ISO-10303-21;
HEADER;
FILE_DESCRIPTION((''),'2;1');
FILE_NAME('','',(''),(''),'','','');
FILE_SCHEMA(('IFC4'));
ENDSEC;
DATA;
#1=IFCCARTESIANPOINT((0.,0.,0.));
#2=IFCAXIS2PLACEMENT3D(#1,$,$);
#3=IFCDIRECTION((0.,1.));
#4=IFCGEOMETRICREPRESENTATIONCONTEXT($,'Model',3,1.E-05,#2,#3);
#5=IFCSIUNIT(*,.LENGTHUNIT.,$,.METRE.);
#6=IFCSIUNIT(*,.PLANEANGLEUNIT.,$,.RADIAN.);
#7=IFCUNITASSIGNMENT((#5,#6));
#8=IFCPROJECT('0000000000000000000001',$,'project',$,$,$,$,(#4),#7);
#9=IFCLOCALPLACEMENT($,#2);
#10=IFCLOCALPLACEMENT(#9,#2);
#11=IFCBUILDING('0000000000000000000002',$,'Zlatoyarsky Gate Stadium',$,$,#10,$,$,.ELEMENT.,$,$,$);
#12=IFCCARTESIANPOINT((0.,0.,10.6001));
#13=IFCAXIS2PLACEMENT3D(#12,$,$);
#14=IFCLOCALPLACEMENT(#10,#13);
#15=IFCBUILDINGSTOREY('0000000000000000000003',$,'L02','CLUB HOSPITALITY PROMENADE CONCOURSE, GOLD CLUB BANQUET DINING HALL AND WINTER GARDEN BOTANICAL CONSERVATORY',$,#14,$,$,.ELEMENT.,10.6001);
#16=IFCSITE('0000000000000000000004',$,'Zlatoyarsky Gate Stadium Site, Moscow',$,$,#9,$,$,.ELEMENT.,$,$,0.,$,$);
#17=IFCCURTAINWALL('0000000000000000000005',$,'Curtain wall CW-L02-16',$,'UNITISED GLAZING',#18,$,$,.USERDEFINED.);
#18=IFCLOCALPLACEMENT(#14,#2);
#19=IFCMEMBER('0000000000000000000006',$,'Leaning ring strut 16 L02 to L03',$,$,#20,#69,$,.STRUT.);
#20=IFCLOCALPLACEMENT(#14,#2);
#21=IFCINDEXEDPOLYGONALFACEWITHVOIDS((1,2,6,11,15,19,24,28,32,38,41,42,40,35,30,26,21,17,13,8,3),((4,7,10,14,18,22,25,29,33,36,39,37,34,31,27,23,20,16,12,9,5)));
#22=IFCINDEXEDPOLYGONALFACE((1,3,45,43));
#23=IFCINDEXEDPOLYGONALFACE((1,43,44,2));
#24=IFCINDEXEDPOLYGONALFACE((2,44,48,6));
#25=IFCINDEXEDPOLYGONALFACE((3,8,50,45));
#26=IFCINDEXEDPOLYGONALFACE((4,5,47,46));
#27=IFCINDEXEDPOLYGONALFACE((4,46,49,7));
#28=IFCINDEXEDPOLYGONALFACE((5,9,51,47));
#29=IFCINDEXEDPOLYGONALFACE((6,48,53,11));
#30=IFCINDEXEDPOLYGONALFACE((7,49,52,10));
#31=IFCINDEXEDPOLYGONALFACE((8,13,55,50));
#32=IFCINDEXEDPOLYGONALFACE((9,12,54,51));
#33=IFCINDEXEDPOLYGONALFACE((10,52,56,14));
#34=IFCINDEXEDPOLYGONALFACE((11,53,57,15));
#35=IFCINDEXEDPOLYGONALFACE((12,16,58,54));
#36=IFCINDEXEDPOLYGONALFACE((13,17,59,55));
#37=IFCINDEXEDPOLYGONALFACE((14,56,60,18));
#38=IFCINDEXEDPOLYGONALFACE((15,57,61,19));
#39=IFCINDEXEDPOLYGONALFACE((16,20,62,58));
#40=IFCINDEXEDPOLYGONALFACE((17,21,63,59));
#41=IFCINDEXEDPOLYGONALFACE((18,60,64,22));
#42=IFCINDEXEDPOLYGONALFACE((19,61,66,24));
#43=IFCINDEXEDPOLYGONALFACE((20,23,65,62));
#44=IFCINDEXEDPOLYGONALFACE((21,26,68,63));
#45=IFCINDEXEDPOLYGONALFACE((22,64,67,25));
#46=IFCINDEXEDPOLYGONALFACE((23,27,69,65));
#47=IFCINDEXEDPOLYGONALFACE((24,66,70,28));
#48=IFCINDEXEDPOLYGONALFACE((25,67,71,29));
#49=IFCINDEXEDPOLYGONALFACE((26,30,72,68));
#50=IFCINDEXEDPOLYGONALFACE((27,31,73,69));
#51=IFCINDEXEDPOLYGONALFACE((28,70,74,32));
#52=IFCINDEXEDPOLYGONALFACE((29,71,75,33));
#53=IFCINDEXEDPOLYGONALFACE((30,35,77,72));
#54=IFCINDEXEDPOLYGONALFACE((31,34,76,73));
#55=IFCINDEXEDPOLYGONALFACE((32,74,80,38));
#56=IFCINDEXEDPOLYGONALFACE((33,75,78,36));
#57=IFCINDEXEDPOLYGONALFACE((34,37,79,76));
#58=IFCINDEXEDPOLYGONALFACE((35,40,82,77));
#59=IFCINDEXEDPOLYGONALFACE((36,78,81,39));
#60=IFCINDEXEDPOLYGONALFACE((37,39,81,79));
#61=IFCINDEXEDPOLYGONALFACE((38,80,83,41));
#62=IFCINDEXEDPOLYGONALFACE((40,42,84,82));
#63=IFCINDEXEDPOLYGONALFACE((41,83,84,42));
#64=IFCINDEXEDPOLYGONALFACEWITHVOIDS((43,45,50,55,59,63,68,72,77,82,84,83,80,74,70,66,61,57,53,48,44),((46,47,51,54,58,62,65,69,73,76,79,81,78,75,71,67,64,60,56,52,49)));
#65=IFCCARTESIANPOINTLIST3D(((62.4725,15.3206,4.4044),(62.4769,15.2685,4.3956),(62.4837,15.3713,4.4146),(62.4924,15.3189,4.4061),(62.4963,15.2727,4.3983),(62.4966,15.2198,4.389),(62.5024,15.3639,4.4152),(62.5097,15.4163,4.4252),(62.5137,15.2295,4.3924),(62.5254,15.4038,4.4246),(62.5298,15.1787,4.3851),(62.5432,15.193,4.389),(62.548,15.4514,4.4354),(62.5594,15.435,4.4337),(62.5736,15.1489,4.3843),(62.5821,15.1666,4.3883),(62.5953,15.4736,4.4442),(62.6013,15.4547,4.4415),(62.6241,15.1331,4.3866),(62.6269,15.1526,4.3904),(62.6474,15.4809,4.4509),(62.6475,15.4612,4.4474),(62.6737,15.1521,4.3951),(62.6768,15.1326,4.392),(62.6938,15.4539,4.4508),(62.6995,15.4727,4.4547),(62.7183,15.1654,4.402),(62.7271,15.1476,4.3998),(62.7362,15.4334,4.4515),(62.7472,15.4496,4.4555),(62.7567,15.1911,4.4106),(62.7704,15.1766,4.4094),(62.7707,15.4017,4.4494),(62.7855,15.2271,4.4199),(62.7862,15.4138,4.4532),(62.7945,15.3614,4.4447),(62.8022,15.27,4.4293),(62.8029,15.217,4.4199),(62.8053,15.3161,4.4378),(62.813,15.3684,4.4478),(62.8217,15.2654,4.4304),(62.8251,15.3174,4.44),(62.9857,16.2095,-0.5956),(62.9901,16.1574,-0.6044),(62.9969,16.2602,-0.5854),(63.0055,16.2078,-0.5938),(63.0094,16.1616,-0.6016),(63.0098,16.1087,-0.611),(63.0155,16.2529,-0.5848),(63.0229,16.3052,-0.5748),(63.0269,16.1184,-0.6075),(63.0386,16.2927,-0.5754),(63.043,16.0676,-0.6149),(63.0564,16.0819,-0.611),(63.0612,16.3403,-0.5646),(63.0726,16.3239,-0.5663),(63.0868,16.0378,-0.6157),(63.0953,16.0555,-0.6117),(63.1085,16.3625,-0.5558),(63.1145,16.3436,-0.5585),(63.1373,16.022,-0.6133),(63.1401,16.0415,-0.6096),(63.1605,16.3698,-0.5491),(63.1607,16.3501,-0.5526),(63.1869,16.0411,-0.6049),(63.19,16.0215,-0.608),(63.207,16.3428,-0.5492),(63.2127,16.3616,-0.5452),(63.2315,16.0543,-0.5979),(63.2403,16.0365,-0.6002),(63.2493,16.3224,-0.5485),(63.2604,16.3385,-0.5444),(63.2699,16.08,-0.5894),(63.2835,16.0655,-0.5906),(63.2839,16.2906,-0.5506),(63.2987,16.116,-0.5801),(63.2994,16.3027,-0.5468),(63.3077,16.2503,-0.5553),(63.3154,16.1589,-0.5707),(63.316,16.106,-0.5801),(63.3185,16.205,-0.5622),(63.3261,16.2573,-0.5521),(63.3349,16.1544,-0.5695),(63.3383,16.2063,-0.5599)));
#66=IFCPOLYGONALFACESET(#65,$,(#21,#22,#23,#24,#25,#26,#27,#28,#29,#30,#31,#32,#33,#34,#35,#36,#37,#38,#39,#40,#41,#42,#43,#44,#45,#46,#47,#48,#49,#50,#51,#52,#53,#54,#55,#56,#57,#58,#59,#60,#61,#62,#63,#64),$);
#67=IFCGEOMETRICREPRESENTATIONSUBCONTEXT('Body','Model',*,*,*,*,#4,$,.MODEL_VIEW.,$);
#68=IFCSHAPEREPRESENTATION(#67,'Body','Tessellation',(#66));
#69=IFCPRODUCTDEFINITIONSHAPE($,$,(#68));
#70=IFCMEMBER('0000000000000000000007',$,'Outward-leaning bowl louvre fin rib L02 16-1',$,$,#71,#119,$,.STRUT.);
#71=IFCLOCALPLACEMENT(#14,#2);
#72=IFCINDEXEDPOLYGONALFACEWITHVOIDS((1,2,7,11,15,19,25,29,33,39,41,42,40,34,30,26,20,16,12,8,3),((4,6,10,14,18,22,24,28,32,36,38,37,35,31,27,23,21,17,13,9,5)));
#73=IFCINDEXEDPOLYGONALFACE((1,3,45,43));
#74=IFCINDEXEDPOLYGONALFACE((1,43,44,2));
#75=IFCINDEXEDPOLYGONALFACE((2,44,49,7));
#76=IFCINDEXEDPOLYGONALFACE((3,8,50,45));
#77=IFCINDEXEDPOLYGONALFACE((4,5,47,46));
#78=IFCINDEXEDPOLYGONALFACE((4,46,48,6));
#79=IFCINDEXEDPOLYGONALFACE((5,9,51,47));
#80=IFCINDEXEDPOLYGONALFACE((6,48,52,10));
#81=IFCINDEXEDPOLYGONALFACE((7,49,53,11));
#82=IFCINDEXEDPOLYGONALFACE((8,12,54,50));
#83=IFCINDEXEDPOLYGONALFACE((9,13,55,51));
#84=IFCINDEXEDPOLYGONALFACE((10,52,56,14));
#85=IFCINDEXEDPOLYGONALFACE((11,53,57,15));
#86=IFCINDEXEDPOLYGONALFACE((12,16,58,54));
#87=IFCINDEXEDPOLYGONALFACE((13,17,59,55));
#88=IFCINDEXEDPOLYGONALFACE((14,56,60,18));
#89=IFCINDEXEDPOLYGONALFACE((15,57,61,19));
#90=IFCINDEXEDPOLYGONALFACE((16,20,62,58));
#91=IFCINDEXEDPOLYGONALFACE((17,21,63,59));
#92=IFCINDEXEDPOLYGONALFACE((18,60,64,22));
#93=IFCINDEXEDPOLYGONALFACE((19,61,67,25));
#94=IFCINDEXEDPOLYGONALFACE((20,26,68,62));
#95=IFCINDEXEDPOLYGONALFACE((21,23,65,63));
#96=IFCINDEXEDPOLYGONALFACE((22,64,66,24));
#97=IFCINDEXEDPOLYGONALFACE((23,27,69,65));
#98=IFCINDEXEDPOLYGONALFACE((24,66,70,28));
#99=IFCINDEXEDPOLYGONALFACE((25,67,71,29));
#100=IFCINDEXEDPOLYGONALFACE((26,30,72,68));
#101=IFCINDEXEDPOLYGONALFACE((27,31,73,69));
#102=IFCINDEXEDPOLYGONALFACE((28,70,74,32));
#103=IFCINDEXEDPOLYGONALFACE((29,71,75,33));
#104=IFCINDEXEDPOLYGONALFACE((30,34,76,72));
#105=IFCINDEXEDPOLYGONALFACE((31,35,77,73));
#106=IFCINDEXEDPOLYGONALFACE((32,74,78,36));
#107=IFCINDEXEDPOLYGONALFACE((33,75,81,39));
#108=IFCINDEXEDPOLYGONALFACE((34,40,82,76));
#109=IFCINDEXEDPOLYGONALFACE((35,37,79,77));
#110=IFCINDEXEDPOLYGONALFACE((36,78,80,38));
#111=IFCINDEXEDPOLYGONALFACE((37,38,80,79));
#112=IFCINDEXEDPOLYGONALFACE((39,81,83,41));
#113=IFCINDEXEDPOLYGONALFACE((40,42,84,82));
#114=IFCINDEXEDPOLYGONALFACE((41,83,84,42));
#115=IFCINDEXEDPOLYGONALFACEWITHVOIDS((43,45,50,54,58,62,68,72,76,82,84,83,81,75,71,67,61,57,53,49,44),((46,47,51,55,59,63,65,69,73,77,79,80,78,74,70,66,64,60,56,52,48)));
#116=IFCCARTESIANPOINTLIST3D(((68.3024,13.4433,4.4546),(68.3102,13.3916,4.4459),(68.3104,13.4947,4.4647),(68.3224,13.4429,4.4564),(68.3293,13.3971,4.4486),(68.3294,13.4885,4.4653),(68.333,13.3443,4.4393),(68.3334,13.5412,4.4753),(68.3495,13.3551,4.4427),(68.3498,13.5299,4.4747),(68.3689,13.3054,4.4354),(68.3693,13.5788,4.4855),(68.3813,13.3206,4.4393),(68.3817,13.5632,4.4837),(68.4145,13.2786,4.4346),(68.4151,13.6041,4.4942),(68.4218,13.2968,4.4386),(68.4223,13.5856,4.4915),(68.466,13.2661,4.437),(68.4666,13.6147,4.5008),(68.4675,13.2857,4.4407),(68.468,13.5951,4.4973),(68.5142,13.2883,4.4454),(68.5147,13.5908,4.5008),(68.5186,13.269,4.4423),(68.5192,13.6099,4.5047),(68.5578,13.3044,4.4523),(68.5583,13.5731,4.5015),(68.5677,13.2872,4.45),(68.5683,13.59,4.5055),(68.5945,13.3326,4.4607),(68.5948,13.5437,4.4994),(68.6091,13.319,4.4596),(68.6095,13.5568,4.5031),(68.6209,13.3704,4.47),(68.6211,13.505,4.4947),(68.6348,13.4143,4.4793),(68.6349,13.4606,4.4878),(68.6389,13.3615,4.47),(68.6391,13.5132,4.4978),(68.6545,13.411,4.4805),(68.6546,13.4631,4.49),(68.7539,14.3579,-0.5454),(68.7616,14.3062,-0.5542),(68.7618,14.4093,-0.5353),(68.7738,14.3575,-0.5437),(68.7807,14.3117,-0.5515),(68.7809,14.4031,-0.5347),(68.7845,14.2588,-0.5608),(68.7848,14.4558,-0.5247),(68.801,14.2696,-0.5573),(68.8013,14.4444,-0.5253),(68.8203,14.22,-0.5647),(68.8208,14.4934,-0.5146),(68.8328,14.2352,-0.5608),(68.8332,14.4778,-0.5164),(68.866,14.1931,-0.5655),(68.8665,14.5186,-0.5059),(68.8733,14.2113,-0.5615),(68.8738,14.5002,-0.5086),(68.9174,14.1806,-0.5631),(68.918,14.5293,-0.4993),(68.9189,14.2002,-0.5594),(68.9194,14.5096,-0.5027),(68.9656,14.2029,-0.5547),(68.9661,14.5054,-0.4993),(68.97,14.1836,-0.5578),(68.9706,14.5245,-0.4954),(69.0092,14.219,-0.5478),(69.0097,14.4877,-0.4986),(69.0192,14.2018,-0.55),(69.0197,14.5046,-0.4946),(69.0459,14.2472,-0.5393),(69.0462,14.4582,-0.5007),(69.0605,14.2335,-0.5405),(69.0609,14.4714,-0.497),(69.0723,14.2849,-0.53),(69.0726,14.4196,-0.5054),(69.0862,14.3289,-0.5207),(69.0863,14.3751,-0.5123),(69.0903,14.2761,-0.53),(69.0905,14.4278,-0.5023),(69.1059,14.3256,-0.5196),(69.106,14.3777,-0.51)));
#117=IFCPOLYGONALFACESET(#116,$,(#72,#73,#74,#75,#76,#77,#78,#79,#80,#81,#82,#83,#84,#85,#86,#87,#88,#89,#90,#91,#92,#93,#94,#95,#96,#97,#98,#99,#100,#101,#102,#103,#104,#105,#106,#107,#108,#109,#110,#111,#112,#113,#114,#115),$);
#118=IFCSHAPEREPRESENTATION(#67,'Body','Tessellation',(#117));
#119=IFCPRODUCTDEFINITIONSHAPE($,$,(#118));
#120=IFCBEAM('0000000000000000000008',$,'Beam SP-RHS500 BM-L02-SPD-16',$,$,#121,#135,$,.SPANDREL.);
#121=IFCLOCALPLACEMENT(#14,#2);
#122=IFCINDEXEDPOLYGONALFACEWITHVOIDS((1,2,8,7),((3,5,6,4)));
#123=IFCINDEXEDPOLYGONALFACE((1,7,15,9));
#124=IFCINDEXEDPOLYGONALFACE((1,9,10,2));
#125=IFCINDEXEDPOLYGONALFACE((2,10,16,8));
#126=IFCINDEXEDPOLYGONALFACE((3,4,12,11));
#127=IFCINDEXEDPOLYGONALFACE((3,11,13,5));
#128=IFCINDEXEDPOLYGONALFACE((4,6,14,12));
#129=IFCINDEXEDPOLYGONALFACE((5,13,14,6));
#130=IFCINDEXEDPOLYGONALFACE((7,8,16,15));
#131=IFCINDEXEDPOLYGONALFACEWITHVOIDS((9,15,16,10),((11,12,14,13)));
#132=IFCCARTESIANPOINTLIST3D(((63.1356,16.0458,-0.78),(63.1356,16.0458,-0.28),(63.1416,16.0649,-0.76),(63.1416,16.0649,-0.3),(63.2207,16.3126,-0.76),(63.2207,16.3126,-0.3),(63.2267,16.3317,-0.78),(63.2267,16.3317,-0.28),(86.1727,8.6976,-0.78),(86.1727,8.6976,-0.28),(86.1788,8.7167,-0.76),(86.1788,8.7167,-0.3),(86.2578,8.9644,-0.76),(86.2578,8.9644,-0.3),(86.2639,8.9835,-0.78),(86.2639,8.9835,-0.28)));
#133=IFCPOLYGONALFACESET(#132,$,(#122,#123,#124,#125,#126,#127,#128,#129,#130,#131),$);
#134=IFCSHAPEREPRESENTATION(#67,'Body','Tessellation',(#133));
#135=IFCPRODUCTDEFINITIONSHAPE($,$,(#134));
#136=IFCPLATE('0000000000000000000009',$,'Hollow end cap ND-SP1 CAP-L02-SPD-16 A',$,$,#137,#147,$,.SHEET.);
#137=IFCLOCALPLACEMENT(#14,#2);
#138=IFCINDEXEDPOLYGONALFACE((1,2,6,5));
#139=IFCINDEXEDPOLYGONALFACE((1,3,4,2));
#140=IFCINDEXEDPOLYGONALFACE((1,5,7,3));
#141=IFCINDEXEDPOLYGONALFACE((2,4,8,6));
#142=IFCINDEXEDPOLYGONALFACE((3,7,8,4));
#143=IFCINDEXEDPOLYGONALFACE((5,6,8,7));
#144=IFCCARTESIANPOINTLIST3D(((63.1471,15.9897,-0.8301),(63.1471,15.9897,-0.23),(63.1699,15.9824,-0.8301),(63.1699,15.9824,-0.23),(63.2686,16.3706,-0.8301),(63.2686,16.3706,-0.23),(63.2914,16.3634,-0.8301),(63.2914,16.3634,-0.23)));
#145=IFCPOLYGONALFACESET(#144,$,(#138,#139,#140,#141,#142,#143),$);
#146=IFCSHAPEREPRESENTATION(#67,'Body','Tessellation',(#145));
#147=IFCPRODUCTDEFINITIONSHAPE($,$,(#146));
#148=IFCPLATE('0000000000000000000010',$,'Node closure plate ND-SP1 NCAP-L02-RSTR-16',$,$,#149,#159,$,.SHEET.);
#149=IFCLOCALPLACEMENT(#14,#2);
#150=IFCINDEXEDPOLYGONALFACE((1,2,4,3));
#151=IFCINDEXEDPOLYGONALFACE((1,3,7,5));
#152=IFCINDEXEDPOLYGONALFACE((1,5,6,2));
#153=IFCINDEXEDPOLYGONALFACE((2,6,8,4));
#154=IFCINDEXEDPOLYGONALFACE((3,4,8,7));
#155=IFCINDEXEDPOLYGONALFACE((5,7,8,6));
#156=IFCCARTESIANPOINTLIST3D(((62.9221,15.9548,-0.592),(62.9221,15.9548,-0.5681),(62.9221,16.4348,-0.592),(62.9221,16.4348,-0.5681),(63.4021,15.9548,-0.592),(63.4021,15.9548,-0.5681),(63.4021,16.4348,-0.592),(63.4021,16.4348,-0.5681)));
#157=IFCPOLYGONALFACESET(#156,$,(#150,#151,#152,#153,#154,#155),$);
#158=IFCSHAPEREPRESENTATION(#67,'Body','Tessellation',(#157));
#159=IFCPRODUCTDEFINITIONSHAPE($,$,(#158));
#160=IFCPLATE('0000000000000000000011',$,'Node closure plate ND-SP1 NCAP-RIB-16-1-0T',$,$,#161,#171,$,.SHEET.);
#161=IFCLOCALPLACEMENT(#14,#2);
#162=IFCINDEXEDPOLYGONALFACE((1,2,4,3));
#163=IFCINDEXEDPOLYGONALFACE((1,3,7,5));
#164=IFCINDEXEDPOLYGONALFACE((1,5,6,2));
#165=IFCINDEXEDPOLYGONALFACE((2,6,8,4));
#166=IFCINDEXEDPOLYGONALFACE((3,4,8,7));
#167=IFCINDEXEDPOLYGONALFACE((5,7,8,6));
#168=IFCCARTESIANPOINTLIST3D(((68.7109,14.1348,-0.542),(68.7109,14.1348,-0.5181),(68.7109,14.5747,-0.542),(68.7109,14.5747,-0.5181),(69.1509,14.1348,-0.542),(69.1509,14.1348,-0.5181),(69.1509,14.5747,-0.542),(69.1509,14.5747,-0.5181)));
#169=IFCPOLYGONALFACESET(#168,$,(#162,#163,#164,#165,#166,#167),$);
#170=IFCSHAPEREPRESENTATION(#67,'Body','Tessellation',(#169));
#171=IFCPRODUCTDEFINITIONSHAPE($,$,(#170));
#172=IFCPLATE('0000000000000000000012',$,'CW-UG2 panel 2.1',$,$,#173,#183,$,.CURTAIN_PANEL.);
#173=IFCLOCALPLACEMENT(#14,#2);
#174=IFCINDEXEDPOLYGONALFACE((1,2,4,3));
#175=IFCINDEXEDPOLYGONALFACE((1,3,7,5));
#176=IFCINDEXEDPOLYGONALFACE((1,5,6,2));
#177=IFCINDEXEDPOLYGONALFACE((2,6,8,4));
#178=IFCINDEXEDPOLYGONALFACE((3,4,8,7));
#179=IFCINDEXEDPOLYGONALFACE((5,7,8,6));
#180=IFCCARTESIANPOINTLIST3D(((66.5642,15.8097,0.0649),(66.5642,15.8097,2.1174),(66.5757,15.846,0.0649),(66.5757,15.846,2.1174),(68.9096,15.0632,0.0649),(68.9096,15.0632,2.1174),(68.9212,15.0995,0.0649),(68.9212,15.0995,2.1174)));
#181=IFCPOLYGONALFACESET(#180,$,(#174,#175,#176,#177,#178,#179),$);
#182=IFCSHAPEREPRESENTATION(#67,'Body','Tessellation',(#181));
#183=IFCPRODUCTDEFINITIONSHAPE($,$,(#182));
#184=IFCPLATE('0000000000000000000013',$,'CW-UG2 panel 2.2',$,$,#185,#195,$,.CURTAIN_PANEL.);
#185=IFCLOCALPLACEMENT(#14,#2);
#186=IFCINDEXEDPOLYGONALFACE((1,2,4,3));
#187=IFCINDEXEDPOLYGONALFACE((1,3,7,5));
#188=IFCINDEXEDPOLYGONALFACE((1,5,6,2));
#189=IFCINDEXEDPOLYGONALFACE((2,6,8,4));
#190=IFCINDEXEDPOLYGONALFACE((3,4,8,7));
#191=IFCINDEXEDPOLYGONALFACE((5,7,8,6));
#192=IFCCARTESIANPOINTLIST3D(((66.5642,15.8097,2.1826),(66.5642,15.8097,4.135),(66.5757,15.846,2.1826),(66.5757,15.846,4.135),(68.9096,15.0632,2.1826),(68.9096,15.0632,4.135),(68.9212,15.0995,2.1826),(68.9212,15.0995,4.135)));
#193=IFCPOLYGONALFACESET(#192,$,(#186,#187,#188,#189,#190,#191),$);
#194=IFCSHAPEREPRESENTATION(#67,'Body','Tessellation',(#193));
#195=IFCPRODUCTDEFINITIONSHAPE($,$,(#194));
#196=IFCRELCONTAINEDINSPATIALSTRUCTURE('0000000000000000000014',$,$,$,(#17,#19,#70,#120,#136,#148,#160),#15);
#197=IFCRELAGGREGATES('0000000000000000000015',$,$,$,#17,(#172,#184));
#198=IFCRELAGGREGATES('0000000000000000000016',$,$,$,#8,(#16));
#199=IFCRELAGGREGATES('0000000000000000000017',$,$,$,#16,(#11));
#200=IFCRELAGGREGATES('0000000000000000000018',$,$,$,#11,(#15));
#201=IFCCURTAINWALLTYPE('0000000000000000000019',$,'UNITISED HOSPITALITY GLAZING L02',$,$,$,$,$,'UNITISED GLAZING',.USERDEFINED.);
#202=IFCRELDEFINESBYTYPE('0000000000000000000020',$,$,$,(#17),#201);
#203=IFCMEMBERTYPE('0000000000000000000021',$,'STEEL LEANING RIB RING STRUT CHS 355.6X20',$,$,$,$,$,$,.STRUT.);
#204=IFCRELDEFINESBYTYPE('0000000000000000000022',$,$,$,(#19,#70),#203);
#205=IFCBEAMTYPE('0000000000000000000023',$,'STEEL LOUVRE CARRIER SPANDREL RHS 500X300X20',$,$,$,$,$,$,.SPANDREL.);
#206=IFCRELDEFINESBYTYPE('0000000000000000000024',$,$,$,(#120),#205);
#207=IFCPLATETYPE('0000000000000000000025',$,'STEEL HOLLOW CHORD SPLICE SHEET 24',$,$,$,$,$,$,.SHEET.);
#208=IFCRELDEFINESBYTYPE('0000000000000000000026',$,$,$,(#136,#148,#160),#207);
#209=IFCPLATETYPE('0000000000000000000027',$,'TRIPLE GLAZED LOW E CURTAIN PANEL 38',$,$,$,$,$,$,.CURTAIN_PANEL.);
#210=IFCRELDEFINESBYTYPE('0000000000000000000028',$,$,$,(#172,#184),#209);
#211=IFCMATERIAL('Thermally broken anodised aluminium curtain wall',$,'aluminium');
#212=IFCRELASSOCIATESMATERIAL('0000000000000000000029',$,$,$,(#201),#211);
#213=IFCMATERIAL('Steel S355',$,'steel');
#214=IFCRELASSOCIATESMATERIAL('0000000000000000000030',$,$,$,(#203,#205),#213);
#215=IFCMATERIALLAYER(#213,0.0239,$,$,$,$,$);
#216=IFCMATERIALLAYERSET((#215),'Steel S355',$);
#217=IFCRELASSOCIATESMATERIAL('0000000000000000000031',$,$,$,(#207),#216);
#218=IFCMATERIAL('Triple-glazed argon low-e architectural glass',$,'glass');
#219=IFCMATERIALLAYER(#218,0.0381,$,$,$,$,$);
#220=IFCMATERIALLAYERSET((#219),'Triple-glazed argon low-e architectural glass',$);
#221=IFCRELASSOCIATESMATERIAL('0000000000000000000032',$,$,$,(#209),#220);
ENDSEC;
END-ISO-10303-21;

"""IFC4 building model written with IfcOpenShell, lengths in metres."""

from ifc_helpers import new_model, si_unit, direction, frame, origin, origin_2d, place, context, subcontext, project, spatial, rectangle, hollow_rectangle, hollow_circle, extrude, material, layer, layer_set, material_profile, profile_set, type_object, element, aggregate, save


model = new_model("IFC4")

# Units and contexts
model_context = context("Model", 3, precision=1e-05, world=origin(), true_north=direction((0.0, 1.0)))
body_context = subcontext(model_context, "Body", "Model", "MODEL_VIEW")
ifc_project = project(units=[si_unit("LENGTHUNIT", "METRE"), si_unit("PLANEANGLEUNIT", "RADIAN")], contexts=[model_context])

# Site, building, storey
site_placement = place(None, origin())
site = spatial("IfcSite", under=ifc_project, at=site_placement, Name="Zlatoyarsky Gate Stadium Site, Moscow", CompositionType="ELEMENT", RefElevation=0.0)
building_placement = place(site_placement, origin())
building = spatial("IfcBuilding", under=site, at=building_placement, Name="Zlatoyarsky Gate Stadium", CompositionType="ELEMENT")
storey_placement = place(building_placement, frame((0.0, 0.0, 10.6001)))
storey = spatial("IfcBuildingStorey", under=building, at=storey_placement, Name="L02", Description="CLUB HOSPITALITY PROMENADE CONCOURSE, GOLD CLUB BANQUET DINING HALL AND WINTER GARDEN BOTANICAL CONSERVATORY", CompositionType="ELEMENT", Elevation=10.6001)

# Curtain wall
ifc_material_1 = material(Name="Thermally broken anodised aluminium curtain wall", Category="aluminium")
curtain_wall_type = type_object("IfcCurtainWallType", Name="UNITISED HOSPITALITY GLAZING L02", ElementType="UNITISED GLAZING", PredefinedType="USERDEFINED", material=ifc_material_1)
curtain_wall_placement = place(storey_placement, origin())
curtain_wall = element("IfcCurtainWall", 1, at=curtain_wall_placement, inside=storey, type_object=curtain_wall_type, Name="Curtain wall CW-L02-16", ObjectType="UNITISED GLAZING", PredefinedType="USERDEFINED")

# Members
ifc_material_2 = material(Name="Steel S355", Category="steel")
ifc_material_profile_1 = material_profile(ifc_material_2, hollow_circle(Radius=0.1777, WallThickness=0.02, at=origin_2d()), Name="CHS 355.6X20")
ifc_profile_set_1 = profile_set([ifc_material_profile_1], Name="Steel S355")
member_type_1 = type_object("IfcMemberType", Name="STEEL LEANING RIB RING STRUT CHS 355.6X20", PredefinedType="STRUT", material=ifc_profile_set_1)
member_1_placement = place(storey_placement, frame((63.1621, 16.1948, -0.5801), z_axis=(-0.10054, -0.174152, 0.979573), x_axis=(0.866039, -0.499976, 0.0)))
element("IfcMember", 2, at=member_1_placement, inside=storey, type_object=member_type_1, Name="Leaning ring strut 16 L02 to L03", PredefinedType="STRUT", context=body_context, shape_type="SweptSolid", body=[
    extrude(hollow_circle(Radius=0.1777, WallThickness=0.02, at=origin_2d()), origin(), (0.0, 0.0, 1.0), 5.1042),
])
member_2_placement = place(storey_placement, frame((68.9309, 14.3547, -0.53), z_axis=(-0.088462, -0.17922, 0.979824), x_axis=(0.896713, -0.442612, 0.0)))
element("IfcMember", 3, at=member_2_placement, inside=storey, type_object=member_type_1, Name="Outward-leaning bowl louvre fin rib L02 16-1", PredefinedType="STRUT", context=body_context, shape_type="SweptSolid", body=[
    extrude(hollow_circle(Radius=0.1777, WallThickness=0.02, at=origin_2d()), origin(), (0.0, 0.0, 1.0), 5.103),
])

# Beam
ifc_material_profile_2 = material_profile(ifc_material_2, hollow_rectangle(XDim=0.3, YDim=0.5, WallThickness=0.02, at=origin_2d()), Name="RHS 500X300X20")
ifc_profile_set_2 = profile_set([ifc_material_profile_2], Name="Steel S355")
beam_type = type_object("IfcBeamType", Name="STEEL LOUVRE CARRIER SPANDREL RHS 500X300X20", PredefinedType="SPANDREL", material=ifc_profile_set_2)
beam_placement = place(storey_placement, frame((63.1812, 16.1887, -0.53), z_axis=(0.952709, -0.303885, 0.0), x_axis=(0.303885, 0.952709, 0.0)))
element("IfcBeam", 4, at=beam_placement, inside=storey, type_object=beam_type, Name="Beam SP-RHS500 BM-L02-SPD-16", PredefinedType="SPANDREL", context=body_context, shape_type="SweptSolid", body=[
    extrude(hollow_rectangle(XDim=0.3, YDim=0.5, WallThickness=0.02, at=origin_2d()), origin(), (0.0, 0.0, 1.0), 24.1807),
])

# Plates
ifc_layer_1 = layer(ifc_material_2, 0.0239)
ifc_layer_set_1 = layer_set([ifc_layer_1], Name="Steel S355")
plate_type_1 = type_object("IfcPlateType", Name="STEEL HOLLOW CHORD SPLICE SHEET 24", PredefinedType="SHEET", material=ifc_layer_set_1)
plate_1_placement = place(storey_placement, frame((63.2192, 16.1765, -0.8301), z_axis=(0.0, 0.0, 1.0), x_axis=(0.952709, -0.303884, 0.0)))
element("IfcPlate", 5, at=plate_1_placement, inside=storey, type_object=plate_type_1, Name="Hollow end cap ND-SP1 CAP-L02-SPD-16 A", PredefinedType="SHEET", context=body_context, shape_type="SweptSolid", body=[
    extrude(rectangle(XDim=0.0239, YDim=0.3999, at=origin_2d()), origin(), (0.0, 0.0, 1.0), 0.6001),
])
plate_2_placement = place(storey_placement, frame((63.1621, 16.1948, -0.592), z_axis=(0.0, 0.0, 1.0), x_axis=(1.0, 0.0, 0.0)))
element("IfcPlate", 6, at=plate_2_placement, inside=storey, type_object=plate_type_1, Name="Node closure plate ND-SP1 NCAP-L02-RSTR-16", PredefinedType="SHEET", context=body_context, shape_type="SweptSolid", body=[
    extrude(rectangle(XDim=0.48, YDim=0.48, at=origin_2d()), origin(), (0.0, 0.0, 1.0), 0.0239),
])
plate_3_placement = place(storey_placement, frame((68.9309, 14.3547, -0.542), z_axis=(0.0, 0.0, 1.0), x_axis=(1.0, 0.0, 0.0)))
element("IfcPlate", 7, at=plate_3_placement, inside=storey, type_object=plate_type_1, Name="Node closure plate ND-SP1 NCAP-RIB-16-1-0T", PredefinedType="SHEET", context=body_context, shape_type="SweptSolid", body=[
    extrude(rectangle(XDim=0.4399, YDim=0.4399, at=origin_2d()), origin(), (0.0, 0.0, 1.0), 0.0239),
])

# Plates
ifc_material_3 = material(Name="Triple-glazed argon low-e architectural glass", Category="glass")
ifc_layer_2 = layer(ifc_material_3, 0.0381)
ifc_layer_set_2 = layer_set([ifc_layer_2], Name="Triple-glazed argon low-e architectural glass")
plate_type_2 = type_object("IfcPlateType", Name="TRIPLE GLAZED LOW E CURTAIN PANEL 38", PredefinedType="CURTAIN_PANEL", material=ifc_layer_set_2)
plate_4_placement = place(storey_placement, frame((67.7427, 15.4546, 0.0649), z_axis=(0.0, 0.0, 1.0), x_axis=(0.952902, -0.303278, 0.0)))
plate_4 = element("IfcPlate", 8, at=plate_4_placement, type_object=plate_type_2, Name="CW-UG2 panel 2.1", PredefinedType="CURTAIN_PANEL", context=body_context, shape_type="SweptSolid", body=[
    extrude(rectangle(XDim=2.4614, YDim=0.0381, at=origin_2d()), origin(), (0.0, 0.0, 1.0), 2.0525),
])
plate_5_placement = place(storey_placement, frame((67.7427, 15.4546, 2.1826), z_axis=(0.0, 0.0, 1.0), x_axis=(0.952902, -0.303278, 0.0)))
plate_5 = element("IfcPlate", 9, at=plate_5_placement, type_object=plate_type_2, Name="CW-UG2 panel 2.2", PredefinedType="CURTAIN_PANEL", context=body_context, shape_type="SweptSolid", body=[
    extrude(rectangle(XDim=2.4614, YDim=0.0381, at=origin_2d()), origin(), (0.0, 0.0, 1.0), 1.9524),
])
aggregate(curtain_wall, [plate_4, plate_5])

save(model, "model.ifc")
